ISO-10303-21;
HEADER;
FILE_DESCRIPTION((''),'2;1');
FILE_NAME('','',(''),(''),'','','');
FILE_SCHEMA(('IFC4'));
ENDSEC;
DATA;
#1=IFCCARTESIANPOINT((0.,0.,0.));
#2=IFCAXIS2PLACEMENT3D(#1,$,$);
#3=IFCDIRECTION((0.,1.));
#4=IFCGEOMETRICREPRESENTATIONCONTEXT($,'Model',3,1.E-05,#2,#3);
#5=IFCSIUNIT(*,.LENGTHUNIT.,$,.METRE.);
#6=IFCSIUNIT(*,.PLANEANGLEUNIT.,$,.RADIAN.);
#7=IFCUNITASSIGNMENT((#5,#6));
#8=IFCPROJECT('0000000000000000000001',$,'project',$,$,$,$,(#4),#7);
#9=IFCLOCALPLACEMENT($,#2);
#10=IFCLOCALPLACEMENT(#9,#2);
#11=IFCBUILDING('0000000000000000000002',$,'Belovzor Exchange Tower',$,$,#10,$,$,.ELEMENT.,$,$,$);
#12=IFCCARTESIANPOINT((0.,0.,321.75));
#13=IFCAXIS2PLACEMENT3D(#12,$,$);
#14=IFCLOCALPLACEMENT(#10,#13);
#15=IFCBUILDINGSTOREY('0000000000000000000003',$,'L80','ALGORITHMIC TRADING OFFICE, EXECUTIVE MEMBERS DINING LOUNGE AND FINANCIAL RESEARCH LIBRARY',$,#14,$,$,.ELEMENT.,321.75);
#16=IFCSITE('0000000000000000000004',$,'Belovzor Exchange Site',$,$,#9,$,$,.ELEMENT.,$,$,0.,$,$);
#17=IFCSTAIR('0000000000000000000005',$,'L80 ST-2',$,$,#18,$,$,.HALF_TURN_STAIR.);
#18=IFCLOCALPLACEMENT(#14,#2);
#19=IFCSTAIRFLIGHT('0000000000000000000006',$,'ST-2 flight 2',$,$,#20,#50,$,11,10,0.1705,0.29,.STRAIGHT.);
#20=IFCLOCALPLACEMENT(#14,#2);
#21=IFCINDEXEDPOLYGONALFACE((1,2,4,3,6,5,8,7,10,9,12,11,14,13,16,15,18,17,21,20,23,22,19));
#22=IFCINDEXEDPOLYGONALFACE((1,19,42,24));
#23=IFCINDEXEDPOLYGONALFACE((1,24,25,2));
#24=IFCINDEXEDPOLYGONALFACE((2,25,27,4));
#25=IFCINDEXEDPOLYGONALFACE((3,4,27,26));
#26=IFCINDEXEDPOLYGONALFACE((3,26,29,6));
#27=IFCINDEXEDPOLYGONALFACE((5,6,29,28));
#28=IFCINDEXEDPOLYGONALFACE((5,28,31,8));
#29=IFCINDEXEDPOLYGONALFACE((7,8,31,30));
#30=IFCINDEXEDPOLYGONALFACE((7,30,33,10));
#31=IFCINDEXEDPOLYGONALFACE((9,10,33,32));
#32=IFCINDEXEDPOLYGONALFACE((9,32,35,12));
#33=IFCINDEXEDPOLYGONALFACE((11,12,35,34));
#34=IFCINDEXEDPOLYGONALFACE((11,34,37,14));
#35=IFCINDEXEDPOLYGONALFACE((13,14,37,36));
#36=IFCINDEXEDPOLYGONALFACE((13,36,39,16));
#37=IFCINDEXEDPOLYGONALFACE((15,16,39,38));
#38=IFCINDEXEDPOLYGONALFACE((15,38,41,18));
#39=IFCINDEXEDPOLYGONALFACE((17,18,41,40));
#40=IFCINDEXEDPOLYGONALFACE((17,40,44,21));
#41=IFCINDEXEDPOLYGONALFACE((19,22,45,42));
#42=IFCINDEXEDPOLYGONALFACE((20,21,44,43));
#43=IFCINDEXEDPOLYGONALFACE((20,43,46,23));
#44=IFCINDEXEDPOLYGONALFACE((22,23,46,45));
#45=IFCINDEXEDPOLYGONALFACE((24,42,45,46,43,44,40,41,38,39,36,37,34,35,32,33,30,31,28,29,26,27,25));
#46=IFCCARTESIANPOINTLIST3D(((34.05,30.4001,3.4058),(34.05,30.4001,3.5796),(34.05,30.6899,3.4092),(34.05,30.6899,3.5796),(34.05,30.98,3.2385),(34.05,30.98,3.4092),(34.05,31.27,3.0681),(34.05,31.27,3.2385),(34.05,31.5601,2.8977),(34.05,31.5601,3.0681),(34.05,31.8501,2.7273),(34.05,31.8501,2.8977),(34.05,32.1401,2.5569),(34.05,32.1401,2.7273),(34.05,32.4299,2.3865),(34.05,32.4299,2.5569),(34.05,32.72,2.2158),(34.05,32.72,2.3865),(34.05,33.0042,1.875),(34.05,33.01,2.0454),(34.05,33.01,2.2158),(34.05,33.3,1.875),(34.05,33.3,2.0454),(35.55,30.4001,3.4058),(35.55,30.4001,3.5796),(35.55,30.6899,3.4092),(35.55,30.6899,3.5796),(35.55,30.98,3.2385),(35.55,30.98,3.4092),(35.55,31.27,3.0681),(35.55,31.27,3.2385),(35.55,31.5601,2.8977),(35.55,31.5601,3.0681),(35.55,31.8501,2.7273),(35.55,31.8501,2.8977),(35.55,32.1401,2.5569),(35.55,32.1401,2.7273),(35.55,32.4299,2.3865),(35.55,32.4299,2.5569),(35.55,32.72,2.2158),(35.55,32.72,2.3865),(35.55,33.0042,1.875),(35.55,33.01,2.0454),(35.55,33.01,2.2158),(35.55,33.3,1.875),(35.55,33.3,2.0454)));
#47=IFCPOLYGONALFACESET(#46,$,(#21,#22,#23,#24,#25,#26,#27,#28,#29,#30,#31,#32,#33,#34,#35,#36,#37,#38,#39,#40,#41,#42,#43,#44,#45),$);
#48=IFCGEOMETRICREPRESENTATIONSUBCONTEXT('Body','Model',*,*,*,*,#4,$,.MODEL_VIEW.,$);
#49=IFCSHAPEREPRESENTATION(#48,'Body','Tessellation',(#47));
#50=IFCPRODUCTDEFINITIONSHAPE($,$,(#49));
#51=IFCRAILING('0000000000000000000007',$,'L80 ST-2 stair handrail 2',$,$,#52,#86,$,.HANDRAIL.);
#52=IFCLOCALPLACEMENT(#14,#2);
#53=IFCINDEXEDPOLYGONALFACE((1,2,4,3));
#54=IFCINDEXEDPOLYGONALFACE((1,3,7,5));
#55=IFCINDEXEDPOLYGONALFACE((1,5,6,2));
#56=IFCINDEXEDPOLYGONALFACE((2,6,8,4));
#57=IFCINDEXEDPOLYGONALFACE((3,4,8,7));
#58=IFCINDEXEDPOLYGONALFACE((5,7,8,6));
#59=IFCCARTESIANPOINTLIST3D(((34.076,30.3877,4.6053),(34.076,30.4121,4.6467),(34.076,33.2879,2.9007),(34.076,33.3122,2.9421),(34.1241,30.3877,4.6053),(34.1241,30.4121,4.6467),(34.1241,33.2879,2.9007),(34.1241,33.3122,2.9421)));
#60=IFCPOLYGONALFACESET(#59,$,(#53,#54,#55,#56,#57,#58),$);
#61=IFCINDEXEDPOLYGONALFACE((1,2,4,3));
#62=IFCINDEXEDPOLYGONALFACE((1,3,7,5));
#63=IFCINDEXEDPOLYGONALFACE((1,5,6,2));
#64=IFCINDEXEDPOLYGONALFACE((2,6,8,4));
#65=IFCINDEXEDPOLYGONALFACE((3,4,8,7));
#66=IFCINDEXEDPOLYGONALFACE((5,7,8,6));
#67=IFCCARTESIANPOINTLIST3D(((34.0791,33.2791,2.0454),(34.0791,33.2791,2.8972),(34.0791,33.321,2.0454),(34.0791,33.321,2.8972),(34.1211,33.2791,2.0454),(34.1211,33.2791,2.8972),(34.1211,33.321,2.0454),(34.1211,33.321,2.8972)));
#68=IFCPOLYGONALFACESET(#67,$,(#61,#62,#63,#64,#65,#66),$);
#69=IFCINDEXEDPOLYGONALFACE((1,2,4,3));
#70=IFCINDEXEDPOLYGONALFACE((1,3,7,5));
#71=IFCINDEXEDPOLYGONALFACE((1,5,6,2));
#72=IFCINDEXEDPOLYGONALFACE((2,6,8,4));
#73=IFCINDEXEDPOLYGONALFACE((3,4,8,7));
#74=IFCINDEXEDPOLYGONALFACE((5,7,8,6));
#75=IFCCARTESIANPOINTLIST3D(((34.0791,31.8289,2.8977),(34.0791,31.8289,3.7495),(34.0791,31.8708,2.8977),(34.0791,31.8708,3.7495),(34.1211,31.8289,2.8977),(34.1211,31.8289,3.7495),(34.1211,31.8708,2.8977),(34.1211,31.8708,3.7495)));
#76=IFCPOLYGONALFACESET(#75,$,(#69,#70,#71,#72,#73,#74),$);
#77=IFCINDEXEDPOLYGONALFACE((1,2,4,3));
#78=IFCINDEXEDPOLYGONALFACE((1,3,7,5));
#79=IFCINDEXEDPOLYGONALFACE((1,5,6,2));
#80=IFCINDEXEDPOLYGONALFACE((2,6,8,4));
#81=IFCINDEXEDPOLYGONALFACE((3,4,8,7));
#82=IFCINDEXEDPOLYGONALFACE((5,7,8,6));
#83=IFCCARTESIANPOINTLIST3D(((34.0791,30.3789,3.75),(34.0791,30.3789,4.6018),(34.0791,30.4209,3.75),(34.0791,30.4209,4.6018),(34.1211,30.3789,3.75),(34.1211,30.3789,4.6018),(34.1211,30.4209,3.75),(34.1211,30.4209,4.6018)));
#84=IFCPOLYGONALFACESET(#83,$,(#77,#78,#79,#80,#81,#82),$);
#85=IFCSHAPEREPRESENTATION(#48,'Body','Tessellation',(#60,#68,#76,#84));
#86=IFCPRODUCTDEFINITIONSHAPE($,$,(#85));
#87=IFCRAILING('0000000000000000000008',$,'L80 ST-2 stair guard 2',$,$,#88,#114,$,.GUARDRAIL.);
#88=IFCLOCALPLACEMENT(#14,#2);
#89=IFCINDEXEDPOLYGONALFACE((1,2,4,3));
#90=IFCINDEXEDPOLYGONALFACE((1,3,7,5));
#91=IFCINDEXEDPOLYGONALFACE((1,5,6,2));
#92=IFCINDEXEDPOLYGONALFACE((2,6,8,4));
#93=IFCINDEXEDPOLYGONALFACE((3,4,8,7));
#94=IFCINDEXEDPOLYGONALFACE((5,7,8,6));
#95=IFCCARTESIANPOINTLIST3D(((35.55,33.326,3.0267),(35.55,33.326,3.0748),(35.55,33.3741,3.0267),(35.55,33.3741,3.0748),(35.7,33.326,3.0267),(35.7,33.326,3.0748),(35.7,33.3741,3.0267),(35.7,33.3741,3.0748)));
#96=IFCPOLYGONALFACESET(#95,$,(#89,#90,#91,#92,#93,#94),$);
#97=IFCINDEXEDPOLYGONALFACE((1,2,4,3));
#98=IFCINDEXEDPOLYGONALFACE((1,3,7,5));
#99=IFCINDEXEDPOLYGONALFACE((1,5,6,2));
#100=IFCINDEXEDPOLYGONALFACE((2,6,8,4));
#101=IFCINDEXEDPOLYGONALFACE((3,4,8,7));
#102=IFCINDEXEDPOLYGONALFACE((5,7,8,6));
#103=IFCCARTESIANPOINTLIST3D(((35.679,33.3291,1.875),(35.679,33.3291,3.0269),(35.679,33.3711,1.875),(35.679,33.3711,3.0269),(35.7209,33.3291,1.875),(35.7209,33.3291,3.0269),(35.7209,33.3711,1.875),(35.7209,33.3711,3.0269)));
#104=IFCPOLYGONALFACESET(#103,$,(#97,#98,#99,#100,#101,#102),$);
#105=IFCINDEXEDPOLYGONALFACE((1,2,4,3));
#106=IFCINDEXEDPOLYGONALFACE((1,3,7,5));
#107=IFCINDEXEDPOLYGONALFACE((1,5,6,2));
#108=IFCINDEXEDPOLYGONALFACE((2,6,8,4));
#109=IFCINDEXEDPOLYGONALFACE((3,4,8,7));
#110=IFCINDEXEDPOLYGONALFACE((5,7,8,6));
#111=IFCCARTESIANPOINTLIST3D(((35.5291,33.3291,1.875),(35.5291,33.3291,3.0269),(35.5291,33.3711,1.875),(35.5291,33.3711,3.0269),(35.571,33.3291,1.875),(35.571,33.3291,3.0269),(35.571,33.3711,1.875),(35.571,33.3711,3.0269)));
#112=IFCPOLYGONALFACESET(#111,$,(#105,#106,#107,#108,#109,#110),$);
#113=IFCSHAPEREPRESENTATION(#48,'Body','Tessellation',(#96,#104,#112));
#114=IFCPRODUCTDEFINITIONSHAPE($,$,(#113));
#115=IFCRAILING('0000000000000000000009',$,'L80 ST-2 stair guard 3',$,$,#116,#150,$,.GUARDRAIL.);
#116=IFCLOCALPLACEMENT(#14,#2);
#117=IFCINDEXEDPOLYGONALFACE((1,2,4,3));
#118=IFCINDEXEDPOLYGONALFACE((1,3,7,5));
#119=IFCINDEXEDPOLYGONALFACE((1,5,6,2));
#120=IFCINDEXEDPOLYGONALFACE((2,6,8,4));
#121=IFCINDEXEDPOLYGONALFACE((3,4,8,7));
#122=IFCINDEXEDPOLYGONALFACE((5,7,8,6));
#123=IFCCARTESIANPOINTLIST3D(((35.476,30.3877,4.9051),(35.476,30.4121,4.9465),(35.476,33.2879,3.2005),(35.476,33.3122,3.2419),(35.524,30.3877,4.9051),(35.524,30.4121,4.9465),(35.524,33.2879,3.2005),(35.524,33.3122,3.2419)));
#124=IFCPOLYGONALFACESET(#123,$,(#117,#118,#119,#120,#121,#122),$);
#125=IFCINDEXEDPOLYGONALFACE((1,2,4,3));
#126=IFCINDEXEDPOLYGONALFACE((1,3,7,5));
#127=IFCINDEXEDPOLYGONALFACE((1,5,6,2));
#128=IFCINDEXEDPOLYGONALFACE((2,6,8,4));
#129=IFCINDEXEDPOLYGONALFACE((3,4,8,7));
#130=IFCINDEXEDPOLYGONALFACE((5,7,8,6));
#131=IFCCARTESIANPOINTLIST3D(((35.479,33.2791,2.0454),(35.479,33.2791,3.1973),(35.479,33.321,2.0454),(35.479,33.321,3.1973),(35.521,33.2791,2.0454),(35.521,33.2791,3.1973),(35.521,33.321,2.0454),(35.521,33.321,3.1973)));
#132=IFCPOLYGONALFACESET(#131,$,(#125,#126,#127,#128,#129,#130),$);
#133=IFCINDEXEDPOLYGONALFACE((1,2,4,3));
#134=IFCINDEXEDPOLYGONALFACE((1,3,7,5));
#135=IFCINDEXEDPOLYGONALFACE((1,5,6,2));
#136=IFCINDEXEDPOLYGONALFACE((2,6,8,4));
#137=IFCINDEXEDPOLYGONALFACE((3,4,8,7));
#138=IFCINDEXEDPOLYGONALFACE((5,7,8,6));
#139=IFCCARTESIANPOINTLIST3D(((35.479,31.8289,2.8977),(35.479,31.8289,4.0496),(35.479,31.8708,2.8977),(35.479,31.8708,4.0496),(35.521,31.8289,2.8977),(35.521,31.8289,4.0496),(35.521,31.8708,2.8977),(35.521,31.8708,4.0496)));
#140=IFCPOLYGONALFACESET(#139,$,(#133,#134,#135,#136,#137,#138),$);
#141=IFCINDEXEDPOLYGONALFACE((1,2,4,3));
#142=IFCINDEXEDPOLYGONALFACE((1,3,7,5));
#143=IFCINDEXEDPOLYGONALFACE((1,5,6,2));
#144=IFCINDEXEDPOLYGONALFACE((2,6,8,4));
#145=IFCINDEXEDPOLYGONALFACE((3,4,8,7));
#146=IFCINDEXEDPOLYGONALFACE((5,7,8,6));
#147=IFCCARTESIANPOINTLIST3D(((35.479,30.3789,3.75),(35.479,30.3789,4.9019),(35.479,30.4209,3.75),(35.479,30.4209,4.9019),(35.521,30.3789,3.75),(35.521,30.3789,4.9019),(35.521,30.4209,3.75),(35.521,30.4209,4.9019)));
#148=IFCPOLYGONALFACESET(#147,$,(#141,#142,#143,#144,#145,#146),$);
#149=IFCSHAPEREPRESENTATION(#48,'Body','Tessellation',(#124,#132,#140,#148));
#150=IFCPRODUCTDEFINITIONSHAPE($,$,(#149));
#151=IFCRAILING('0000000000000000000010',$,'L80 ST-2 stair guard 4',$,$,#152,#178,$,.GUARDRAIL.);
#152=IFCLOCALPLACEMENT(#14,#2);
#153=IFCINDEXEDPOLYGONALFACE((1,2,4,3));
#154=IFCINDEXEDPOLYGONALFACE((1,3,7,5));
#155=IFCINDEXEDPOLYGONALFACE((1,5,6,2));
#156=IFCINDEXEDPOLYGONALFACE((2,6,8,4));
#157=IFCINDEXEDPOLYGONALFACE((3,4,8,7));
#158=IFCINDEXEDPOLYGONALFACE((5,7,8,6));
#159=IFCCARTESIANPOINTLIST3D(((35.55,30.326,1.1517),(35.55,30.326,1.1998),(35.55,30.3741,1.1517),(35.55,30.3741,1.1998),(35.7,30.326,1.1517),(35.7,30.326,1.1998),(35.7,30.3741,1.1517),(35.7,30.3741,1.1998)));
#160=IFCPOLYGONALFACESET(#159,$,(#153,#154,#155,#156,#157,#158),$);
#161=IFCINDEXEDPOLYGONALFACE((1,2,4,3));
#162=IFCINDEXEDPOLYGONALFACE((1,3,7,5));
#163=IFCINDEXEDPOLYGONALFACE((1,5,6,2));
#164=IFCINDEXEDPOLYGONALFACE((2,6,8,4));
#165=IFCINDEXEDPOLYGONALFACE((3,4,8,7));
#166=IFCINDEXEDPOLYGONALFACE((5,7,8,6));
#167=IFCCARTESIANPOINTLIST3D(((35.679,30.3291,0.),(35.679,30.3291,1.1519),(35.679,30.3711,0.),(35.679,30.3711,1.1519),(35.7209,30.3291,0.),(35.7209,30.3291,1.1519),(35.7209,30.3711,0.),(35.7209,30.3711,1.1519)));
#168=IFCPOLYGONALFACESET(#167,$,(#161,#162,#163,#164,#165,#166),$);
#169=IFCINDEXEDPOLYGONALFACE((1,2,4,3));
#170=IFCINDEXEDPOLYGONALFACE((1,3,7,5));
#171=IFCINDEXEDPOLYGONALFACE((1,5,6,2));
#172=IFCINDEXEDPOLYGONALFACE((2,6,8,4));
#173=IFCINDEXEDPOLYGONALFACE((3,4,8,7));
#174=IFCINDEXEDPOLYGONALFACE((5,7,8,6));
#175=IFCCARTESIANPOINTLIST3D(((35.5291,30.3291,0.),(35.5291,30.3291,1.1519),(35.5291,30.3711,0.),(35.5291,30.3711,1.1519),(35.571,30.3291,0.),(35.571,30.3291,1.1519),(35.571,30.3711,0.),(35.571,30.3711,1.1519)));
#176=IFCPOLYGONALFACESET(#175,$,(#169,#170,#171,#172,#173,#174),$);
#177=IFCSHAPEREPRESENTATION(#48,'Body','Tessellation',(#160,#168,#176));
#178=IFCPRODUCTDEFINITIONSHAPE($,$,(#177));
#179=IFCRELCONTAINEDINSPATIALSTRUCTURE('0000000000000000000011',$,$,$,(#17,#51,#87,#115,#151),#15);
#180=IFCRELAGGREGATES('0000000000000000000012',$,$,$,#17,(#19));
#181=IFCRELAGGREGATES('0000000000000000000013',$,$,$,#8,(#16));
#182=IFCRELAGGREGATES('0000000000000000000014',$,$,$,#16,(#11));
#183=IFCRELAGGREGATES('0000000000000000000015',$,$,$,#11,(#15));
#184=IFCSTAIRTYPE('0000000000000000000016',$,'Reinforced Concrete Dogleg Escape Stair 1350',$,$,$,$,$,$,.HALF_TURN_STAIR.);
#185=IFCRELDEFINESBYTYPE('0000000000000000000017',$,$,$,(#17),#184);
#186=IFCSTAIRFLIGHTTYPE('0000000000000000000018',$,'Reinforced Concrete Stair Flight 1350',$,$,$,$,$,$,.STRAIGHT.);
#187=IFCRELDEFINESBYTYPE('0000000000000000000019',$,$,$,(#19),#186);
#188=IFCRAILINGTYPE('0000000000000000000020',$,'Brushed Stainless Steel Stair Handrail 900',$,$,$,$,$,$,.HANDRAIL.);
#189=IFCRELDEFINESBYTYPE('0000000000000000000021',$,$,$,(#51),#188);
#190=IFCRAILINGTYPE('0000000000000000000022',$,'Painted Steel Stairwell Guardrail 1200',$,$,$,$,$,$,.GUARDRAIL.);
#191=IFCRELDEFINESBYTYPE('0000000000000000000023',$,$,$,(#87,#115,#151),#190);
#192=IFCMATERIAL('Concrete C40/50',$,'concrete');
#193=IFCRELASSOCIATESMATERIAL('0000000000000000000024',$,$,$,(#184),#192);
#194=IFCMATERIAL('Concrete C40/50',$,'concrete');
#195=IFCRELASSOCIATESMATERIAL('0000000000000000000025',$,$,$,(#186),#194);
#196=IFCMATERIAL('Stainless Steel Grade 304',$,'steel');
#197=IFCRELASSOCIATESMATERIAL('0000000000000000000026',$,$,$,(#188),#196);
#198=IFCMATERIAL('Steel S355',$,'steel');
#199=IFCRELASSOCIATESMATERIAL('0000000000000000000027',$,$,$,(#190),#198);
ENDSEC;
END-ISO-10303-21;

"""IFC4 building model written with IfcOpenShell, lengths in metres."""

from ifc_helpers import new_model, si_unit, direction, frame, origin, origin_2d, place, context, subcontext, project, spatial, polyline, rectangle, outline, extrude, material, type_object, element, aggregate, save


model = new_model("IFC4")

# Units and contexts
model_context = context("Model", 3, precision=1e-05, world=origin(), true_north=direction((0.0, 1.0)))
body_context = subcontext(model_context, "Body", "Model", "MODEL_VIEW")
ifc_project = project(units=[si_unit("LENGTHUNIT", "METRE"), si_unit("PLANEANGLEUNIT", "RADIAN")], contexts=[model_context])

# Site, building, storey
site_placement = place(None, origin())
site = spatial("IfcSite", under=ifc_project, at=site_placement, Name="Belovzor Exchange Site", CompositionType="ELEMENT", RefElevation=0.0)
building_placement = place(site_placement, origin())
building = spatial("IfcBuilding", under=site, at=building_placement, Name="Belovzor Exchange Tower", CompositionType="ELEMENT")
storey_placement = place(building_placement, frame((0.0, 0.0, 321.75)))
storey = spatial("IfcBuildingStorey", under=building, at=storey_placement, Name="L80", Description="ALGORITHMIC TRADING OFFICE, EXECUTIVE MEMBERS DINING LOUNGE AND FINANCIAL RESEARCH LIBRARY", CompositionType="ELEMENT", Elevation=321.75)

# Stair, stair flight
ifc_material_1 = material(Name="Concrete C40/50", Category="concrete")
stair_type = type_object("IfcStairType", Name="Reinforced Concrete Dogleg Escape Stair 1350", PredefinedType="HALF_TURN_STAIR", material=ifc_material_1)
stair_placement = place(storey_placement, origin())
stair = element("IfcStair", 1, at=stair_placement, inside=storey, type_object=stair_type, Name="L80 ST-2", PredefinedType="HALF_TURN_STAIR")
ifc_material_2 = material(Name="Concrete C40/50", Category="concrete")
stair_flight_type = type_object("IfcStairFlightType", Name="Reinforced Concrete Stair Flight 1350", PredefinedType="STRAIGHT", material=ifc_material_2)
stair_flight_placement = place(storey_placement, frame((34.8, 33.3, 1.875), z_axis=(0.0, 0.0, 1.0), x_axis=(0.0, -1.0, 0.0)))
stair_flight = element("IfcStairFlight", 2, at=stair_flight_placement, type_object=stair_flight_type, Name="ST-2 flight 2", NumberOfRisers=11, NumberOfTreads=10, PredefinedType="STRAIGHT", RiserHeight=0.1705, TreadLength=0.29, context=body_context, shape_type="SweptSolid", body=[
    extrude(outline(polyline([(0.0, 0.0), (0.0, 0.1704), (0.29, 0.1704), (0.29, 0.3408), (0.5801, 0.3408), (0.5801, 0.5115), (0.8701, 0.5115), (0.8701, 0.6819), (1.1599, 0.6819), (1.1599, 0.8523), (1.45, 0.8523), (1.45, 1.0227), (1.74, 1.0227), (1.74, 1.1931), (2.03, 1.1931), (2.03, 1.3635), (2.3201, 1.3635), (2.3201, 1.5342), (2.6101, 1.5342), (2.6101, 1.7046), (2.8999, 1.7046), (2.8999, 1.875), (2.8999, 1.5308), (0.2959, 0.0), (0.0, 0.0)])), frame((0.0, 0.75, 0.0), z_axis=(0.0, -1.0, 0.0), x_axis=(1.0, 0.0, 0.0)), (0.0, 0.0, 1.0), 1.5),
])
aggregate(stair, [stair_flight])

# Railings
ifc_material_3 = material(Name="Stainless Steel Grade 304", Category="steel")
railing_type_1 = type_object("IfcRailingType", Name="Brushed Stainless Steel Stair Handrail 900", PredefinedType="HANDRAIL", material=ifc_material_3)
railing_1_placement = place(storey_placement, frame((34.1001, 33.3, 2.0454)))
element("IfcRailing", 3, at=railing_1_placement, inside=storey, type_object=railing_type_1, Name="L80 ST-2 stair handrail 2", PredefinedType="HANDRAIL", context=body_context, shape_type="SweptSolid", body=[
    extrude(rectangle(XDim=0.0481, YDim=0.0481, at=origin_2d()), frame((0.0, 0.0, 0.876), z_axis=(0.0, -0.862113, 0.506716), x_axis=(1.0, 0.0, 0.0)), (0.0, 0.0, 1.0), 3.364),
    extrude(rectangle(XDim=0.042, YDim=0.042, at=origin_2d()), origin(), (0.0, 0.0, 1.0), 0.8518),
    extrude(rectangle(XDim=0.042, YDim=0.042, at=origin_2d()), frame((0.0, -1.4502, 0.8523)), (0.0, 0.0, 1.0), 0.8518),
    extrude(rectangle(XDim=0.042, YDim=0.042, at=origin_2d()), frame((0.0, -2.9001, 1.7046)), (0.0, 0.0, 1.0), 0.8518),
])
ifc_material_4 = material(Name="Steel S355", Category="steel")
railing_type_2 = type_object("IfcRailingType", Name="Painted Steel Stairwell Guardrail 1200", PredefinedType="GUARDRAIL", material=ifc_material_4)
railing_2_placement = place(storey_placement, frame((35.7, 33.3501, 1.875)))
element("IfcRailing", 4, at=railing_2_placement, inside=storey, type_object=railing_type_2, Name="L80 ST-2 stair guard 2", PredefinedType="GUARDRAIL", context=body_context, shape_type="SweptSolid", body=[
    extrude(rectangle(XDim=0.0481, YDim=0.0481, at=origin_2d()), frame((0.0, 0.0, 1.1758), z_axis=(-1.0, 0.0, 0.0), x_axis=(0.0, -1.0, 0.0)), (0.0, 0.0, 1.0), 0.1499),
    extrude(rectangle(XDim=0.042, YDim=0.042, at=origin_2d()), origin(), (0.0, 0.0, 1.0), 1.1519),
    extrude(rectangle(XDim=0.042, YDim=0.042, at=origin_2d()), frame((-0.1499, 0.0, 0.0)), (0.0, 0.0, 1.0), 1.1519),
])
railing_3_placement = place(storey_placement, frame((35.5, 33.3, 2.0454)))
element("IfcRailing", 5, at=railing_3_placement, inside=storey, type_object=railing_type_2, Name="L80 ST-2 stair guard 3", PredefinedType="GUARDRAIL", context=body_context, shape_type="SweptSolid", body=[
    extrude(rectangle(XDim=0.0481, YDim=0.0481, at=origin_2d()), frame((0.0, 0.0, 1.1758), z_axis=(0.0, -0.862113, 0.506716), x_axis=(1.0, 0.0, 0.0)), (0.0, 0.0, 1.0), 3.364),
    extrude(rectangle(XDim=0.042, YDim=0.042, at=origin_2d()), origin(), (0.0, 0.0, 1.0), 1.1519),
    extrude(rectangle(XDim=0.042, YDim=0.042, at=origin_2d()), frame((0.0, -1.4502, 0.8523)), (0.0, 0.0, 1.0), 1.1519),
    extrude(rectangle(XDim=0.042, YDim=0.042, at=origin_2d()), frame((0.0, -2.9001, 1.7046)), (0.0, 0.0, 1.0), 1.1519),
])
railing_4_placement = place(storey_placement, frame((35.7, 30.3501, 0.0)))
element("IfcRailing", 6, at=railing_4_placement, inside=storey, type_object=railing_type_2, Name="L80 ST-2 stair guard 4", PredefinedType="GUARDRAIL", context=body_context, shape_type="SweptSolid", body=[
    extrude(rectangle(XDim=0.0481, YDim=0.0481, at=origin_2d()), frame((0.0, 0.0, 1.1758), z_axis=(-1.0, 0.0, 0.0), x_axis=(0.0, -1.0, 0.0)), (0.0, 0.0, 1.0), 0.1499),
    extrude(rectangle(XDim=0.042, YDim=0.042, at=origin_2d()), origin(), (0.0, 0.0, 1.0), 1.1519),
    extrude(rectangle(XDim=0.042, YDim=0.042, at=origin_2d()), frame((-0.1499, 0.0, 0.0)), (0.0, 0.0, 1.0), 1.1519),
])

save(model, "model.ifc")
